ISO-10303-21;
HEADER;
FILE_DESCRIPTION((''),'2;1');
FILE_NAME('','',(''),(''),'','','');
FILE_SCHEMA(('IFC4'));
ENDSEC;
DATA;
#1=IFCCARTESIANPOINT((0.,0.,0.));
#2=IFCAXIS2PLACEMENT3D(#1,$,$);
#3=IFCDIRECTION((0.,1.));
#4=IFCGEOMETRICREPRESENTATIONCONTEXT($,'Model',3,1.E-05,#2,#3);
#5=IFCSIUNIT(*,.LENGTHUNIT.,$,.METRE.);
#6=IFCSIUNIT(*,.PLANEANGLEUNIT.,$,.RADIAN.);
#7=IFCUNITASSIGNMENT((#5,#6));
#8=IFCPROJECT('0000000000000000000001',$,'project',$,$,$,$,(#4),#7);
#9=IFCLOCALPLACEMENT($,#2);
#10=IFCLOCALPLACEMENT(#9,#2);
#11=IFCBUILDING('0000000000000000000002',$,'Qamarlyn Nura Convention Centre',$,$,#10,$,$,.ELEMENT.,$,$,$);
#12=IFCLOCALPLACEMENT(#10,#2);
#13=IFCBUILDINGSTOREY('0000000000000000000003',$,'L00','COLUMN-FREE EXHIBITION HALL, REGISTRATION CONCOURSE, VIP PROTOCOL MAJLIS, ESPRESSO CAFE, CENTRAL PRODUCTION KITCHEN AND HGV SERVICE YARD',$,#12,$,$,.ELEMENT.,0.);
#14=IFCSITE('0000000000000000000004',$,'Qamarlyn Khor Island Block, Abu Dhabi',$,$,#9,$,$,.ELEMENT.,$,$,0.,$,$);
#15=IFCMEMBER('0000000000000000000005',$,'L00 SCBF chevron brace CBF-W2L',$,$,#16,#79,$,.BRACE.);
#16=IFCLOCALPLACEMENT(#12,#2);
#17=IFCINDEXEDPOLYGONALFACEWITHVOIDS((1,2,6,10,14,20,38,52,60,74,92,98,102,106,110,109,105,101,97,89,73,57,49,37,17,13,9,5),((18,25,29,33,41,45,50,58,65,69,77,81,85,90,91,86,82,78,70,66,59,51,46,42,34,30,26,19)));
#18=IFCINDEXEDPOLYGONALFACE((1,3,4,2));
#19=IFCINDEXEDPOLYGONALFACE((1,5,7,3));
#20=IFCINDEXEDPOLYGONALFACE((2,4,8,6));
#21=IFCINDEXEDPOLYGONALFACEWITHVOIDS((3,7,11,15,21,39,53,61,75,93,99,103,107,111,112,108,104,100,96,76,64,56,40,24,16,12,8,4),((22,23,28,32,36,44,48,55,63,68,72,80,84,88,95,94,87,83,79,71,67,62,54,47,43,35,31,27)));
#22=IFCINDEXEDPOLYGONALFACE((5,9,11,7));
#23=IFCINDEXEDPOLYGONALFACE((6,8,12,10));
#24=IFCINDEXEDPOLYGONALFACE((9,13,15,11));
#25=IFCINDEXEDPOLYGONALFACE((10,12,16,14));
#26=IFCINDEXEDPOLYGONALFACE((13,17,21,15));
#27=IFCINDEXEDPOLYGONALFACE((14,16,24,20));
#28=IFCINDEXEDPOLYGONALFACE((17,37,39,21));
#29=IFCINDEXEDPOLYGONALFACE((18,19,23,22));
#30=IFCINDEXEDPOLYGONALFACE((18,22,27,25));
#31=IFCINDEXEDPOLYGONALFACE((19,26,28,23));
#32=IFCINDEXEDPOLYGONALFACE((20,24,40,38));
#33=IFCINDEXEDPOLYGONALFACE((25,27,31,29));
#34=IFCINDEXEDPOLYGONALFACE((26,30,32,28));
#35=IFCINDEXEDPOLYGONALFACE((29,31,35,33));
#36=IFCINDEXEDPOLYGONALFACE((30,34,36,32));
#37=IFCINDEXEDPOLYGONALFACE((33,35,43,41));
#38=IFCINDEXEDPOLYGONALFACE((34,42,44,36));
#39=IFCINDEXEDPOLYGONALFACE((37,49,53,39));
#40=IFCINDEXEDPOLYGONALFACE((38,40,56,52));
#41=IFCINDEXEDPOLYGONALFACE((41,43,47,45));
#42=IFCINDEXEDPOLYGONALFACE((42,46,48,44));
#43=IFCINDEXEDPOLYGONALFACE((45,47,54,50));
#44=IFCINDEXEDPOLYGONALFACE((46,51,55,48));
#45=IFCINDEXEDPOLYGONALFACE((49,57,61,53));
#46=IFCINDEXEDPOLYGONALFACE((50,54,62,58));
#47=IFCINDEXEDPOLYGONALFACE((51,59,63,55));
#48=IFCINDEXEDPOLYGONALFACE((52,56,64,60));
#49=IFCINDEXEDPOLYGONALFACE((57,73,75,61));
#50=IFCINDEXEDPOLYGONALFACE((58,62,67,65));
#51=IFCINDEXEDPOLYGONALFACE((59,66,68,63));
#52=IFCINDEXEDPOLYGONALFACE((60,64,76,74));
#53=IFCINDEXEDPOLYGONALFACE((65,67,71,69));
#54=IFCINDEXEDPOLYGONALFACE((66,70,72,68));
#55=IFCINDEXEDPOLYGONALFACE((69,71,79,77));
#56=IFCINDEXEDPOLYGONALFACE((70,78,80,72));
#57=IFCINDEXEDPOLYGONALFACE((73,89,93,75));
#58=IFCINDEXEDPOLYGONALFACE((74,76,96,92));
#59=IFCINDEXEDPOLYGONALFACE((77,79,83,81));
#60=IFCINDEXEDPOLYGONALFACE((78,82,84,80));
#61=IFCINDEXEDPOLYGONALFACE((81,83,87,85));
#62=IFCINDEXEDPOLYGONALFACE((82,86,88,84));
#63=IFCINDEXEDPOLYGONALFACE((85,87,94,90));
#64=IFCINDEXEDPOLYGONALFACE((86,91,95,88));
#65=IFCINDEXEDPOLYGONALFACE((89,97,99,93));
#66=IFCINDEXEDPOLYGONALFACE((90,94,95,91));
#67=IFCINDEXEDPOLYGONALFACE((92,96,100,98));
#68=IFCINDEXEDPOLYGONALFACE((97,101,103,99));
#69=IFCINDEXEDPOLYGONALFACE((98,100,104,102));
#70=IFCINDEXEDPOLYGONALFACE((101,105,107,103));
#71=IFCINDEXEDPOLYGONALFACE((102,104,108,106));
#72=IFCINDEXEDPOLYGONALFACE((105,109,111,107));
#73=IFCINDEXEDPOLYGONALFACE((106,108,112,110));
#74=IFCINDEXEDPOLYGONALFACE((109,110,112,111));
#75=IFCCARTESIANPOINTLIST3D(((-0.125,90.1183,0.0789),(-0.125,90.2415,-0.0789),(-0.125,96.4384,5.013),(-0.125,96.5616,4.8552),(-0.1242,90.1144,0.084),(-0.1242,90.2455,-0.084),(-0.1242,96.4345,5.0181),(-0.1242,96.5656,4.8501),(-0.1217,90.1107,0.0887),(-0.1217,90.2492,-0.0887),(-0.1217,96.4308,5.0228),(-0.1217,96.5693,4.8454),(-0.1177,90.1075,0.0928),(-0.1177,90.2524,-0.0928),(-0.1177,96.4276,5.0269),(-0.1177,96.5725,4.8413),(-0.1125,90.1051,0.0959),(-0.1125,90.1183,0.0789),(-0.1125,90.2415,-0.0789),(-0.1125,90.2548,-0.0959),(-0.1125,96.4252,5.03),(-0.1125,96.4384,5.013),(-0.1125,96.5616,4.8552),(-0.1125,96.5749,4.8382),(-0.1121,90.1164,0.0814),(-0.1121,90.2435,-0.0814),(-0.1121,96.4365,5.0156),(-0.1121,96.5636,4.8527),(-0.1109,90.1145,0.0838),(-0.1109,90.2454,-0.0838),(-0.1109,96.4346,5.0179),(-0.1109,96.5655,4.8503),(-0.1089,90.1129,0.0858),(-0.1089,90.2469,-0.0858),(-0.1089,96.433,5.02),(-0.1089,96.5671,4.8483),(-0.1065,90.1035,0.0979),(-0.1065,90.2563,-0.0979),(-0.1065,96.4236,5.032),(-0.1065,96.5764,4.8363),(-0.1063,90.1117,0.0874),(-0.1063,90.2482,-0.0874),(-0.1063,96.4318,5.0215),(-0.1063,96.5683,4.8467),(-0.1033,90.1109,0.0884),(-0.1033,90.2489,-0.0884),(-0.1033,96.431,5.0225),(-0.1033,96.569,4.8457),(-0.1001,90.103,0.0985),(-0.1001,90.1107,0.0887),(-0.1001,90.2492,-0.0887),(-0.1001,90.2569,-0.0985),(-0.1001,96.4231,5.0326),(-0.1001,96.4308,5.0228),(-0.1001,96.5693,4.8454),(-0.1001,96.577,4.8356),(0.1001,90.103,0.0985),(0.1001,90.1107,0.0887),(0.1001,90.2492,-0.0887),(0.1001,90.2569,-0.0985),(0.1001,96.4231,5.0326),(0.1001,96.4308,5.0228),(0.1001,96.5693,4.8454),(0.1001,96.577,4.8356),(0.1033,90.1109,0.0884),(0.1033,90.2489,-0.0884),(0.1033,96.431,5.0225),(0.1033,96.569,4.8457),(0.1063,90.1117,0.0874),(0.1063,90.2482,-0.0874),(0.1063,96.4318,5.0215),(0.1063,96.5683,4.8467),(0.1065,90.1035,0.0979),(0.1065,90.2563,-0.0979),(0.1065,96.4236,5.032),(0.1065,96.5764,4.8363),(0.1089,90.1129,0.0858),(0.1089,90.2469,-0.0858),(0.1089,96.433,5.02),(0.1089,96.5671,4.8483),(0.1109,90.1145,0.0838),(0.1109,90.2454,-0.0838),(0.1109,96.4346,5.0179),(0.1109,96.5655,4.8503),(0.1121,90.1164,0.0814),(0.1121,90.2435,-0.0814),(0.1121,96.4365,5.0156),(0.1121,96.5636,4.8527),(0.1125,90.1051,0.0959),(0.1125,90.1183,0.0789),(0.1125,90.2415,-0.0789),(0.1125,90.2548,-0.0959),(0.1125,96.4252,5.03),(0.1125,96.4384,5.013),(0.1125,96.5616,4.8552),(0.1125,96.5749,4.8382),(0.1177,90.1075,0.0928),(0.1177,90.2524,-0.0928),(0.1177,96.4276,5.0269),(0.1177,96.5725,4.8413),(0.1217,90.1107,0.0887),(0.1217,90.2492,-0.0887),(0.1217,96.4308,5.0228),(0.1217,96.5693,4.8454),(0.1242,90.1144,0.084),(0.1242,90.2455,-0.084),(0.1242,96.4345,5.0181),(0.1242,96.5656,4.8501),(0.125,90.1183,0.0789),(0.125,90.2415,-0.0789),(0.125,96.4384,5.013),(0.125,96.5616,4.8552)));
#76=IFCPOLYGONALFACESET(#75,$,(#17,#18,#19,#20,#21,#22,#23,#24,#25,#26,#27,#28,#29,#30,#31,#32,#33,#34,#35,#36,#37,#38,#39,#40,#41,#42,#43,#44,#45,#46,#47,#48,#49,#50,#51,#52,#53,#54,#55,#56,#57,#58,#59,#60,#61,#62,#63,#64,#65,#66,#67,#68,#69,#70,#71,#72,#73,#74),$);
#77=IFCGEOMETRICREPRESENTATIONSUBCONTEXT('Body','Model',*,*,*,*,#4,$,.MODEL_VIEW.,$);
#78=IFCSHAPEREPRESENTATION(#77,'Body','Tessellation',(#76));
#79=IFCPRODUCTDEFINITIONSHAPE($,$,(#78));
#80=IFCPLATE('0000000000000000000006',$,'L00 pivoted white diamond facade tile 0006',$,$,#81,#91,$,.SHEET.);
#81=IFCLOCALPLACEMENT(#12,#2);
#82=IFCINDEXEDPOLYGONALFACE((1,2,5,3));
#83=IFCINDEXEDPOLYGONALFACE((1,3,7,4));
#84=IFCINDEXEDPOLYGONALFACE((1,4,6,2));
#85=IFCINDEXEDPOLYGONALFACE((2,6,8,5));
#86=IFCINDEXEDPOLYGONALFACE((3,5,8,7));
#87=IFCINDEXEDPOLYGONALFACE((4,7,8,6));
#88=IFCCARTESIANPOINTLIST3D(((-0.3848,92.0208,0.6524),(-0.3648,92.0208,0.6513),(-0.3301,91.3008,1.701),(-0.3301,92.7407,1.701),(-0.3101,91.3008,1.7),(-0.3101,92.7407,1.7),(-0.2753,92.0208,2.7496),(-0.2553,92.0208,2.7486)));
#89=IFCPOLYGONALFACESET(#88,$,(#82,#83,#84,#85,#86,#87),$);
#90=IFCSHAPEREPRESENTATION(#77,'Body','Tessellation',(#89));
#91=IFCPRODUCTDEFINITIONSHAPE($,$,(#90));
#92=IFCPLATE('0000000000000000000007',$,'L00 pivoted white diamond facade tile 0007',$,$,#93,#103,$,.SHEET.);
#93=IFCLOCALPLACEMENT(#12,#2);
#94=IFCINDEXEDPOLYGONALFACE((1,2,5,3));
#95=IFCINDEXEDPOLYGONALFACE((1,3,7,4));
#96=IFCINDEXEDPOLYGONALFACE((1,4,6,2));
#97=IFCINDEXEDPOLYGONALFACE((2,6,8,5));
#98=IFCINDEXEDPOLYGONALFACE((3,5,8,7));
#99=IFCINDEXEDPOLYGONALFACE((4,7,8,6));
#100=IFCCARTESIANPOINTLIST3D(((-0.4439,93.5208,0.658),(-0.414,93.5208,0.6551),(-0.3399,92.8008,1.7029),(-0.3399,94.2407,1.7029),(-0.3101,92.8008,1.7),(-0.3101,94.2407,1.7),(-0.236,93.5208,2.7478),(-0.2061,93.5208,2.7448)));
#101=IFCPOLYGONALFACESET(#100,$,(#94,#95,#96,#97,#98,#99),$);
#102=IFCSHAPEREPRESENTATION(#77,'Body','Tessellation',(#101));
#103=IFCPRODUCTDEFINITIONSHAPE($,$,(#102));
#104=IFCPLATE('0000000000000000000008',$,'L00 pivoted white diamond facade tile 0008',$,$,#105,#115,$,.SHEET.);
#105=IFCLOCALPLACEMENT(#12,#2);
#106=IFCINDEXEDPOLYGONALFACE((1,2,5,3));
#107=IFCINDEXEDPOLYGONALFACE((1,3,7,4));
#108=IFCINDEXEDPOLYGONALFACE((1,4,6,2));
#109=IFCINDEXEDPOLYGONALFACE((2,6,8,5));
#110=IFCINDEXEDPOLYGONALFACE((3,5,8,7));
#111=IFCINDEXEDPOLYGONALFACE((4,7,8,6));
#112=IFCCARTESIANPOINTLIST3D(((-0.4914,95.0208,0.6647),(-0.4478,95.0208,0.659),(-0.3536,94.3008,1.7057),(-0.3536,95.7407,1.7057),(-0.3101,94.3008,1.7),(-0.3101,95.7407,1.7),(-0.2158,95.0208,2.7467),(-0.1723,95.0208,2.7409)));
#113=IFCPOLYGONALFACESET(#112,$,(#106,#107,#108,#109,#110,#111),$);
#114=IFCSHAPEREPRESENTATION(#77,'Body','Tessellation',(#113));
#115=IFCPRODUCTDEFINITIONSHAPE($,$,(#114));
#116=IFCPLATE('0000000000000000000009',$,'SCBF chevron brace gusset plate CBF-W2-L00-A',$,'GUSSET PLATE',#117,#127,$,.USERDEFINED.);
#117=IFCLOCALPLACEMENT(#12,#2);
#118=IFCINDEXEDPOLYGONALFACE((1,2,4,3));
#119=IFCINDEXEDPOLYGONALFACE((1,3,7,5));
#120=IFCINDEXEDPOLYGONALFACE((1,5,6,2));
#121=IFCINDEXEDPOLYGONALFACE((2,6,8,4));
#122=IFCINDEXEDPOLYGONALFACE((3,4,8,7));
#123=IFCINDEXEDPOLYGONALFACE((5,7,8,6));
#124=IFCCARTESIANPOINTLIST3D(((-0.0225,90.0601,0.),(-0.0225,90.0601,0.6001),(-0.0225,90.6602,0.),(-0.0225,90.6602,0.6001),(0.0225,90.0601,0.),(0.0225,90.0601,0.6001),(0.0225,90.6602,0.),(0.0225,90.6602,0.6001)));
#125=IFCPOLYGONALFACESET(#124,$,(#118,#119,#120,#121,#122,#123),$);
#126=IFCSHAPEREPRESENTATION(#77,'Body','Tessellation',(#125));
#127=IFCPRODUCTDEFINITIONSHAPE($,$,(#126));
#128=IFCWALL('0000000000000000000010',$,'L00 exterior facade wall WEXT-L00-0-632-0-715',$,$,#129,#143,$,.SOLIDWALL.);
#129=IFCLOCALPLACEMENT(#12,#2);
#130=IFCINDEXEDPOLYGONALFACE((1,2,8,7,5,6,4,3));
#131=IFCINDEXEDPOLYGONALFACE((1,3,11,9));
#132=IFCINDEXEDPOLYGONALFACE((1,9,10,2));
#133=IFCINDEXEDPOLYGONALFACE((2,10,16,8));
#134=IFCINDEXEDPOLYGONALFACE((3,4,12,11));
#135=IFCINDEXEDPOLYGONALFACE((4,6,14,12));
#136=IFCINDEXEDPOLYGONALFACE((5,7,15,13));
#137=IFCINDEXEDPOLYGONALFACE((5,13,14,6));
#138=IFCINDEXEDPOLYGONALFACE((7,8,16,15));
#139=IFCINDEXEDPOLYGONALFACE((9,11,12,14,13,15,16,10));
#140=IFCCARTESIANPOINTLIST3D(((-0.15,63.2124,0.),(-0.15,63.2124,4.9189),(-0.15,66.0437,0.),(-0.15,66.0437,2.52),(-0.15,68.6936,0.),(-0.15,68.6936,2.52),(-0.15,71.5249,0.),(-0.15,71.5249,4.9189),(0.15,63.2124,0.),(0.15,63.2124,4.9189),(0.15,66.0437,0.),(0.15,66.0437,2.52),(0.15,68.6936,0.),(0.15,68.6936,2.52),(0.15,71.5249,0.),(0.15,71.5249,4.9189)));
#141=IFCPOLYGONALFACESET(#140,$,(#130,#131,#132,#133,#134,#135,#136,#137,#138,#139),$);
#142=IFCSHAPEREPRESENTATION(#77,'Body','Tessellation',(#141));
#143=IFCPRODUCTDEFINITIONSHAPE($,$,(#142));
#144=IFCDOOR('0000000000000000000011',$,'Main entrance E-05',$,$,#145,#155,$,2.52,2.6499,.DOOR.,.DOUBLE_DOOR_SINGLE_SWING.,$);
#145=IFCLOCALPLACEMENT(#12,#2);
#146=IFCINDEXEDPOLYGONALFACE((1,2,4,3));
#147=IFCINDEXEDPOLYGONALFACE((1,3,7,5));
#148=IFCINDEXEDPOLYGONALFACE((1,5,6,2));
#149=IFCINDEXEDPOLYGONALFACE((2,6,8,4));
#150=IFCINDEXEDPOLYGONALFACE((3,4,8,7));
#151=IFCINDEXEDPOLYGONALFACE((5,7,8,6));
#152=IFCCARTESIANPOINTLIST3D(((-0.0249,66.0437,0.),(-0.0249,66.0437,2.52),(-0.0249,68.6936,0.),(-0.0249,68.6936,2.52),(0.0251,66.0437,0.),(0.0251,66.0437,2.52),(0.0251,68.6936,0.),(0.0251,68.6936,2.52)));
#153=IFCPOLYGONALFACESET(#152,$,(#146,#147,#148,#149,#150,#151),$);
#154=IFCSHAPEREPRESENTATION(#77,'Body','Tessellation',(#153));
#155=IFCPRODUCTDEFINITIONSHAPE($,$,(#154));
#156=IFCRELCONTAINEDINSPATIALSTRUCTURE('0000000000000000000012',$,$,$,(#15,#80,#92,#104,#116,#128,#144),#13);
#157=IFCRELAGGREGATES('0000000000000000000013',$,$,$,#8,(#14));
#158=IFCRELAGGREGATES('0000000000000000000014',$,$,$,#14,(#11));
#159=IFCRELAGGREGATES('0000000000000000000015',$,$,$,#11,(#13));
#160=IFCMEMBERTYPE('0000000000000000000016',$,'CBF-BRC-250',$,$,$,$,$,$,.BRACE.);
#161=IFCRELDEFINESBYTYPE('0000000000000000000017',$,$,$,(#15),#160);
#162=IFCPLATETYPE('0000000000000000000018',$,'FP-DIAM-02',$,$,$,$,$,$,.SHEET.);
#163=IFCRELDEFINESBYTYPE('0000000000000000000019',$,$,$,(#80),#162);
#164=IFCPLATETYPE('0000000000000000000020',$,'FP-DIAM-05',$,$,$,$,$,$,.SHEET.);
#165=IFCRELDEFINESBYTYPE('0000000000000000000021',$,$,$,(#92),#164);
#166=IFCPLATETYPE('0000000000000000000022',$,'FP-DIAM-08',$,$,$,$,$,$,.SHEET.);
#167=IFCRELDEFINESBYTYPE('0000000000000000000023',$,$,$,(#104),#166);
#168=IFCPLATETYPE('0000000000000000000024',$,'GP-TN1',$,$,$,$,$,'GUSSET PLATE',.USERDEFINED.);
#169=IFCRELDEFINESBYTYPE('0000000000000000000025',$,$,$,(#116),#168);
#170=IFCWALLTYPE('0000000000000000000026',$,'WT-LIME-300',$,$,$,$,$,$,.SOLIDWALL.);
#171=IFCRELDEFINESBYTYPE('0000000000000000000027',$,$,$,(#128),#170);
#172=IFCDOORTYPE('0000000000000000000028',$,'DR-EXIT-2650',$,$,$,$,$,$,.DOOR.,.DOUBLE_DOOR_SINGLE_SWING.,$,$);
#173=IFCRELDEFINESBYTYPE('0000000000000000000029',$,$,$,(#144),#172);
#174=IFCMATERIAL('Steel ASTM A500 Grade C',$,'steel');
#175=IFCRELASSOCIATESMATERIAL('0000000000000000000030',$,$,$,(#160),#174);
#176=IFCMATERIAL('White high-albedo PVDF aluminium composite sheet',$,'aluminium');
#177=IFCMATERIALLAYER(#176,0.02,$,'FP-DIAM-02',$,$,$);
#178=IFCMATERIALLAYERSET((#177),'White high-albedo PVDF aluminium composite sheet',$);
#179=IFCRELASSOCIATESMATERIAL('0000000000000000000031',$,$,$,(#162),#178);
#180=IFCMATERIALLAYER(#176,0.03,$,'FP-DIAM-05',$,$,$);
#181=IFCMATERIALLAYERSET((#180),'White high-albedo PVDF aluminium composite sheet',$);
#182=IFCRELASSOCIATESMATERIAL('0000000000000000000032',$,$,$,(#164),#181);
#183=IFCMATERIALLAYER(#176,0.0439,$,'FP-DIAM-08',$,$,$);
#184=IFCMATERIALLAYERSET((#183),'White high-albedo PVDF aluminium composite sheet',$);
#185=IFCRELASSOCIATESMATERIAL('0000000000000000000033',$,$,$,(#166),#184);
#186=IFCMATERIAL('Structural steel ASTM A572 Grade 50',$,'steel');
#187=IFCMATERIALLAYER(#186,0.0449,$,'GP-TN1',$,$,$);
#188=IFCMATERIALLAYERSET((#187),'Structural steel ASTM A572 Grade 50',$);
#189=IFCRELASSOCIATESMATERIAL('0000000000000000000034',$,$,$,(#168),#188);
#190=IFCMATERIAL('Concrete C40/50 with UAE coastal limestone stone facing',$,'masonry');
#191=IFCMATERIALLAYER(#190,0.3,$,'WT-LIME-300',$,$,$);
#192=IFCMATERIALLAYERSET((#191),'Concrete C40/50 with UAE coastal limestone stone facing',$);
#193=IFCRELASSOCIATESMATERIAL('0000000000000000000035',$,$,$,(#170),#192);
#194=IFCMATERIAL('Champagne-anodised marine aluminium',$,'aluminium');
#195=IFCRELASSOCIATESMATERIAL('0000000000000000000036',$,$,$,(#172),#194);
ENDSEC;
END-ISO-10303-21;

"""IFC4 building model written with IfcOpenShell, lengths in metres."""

from ifc_helpers import new_model, si_unit, direction, frame, frame_2d, origin, origin_2d, place, context, subcontext, project, spatial, polyline, rectangle, hollow_rectangle, outline, extrude, material, layer, layer_set, material_profile, profile_set, type_object, element, fill, save


model = new_model("IFC4")

# Units and contexts
model_context = context("Model", 3, precision=1e-05, world=origin(), true_north=direction((0.0, 1.0)))
body_context = subcontext(model_context, "Body", "Model", "MODEL_VIEW")
ifc_project = project(units=[si_unit("LENGTHUNIT", "METRE"), si_unit("PLANEANGLEUNIT", "RADIAN")], contexts=[model_context])

# Site, building, storey
site_placement = place(None, origin())
site = spatial("IfcSite", under=ifc_project, at=site_placement, Name="Qamarlyn Khor Island Block, Abu Dhabi", CompositionType="ELEMENT", RefElevation=0.0)
building_placement = place(site_placement, origin())
building = spatial("IfcBuilding", under=site, at=building_placement, Name="Qamarlyn Nura Convention Centre", CompositionType="ELEMENT")
storey_placement = place(building_placement, origin())
storey = spatial("IfcBuildingStorey", under=building, at=storey_placement, Name="L00", Description="COLUMN-FREE EXHIBITION HALL, REGISTRATION CONCOURSE, VIP PROTOCOL MAJLIS, ESPRESSO CAFE, CENTRAL PRODUCTION KITCHEN AND HGV SERVICE YARD", CompositionType="ELEMENT", Elevation=0.0)

# Shared definitions
ifc_material_1 = material(Name="Steel ASTM A500 Grade C", Category="steel")

# Member
ifc_material_profile_1 = material_profile(ifc_material_1, hollow_rectangle(XDim=0.25, YDim=0.25, WallThickness=0.0125, InnerFilletRadius=0.0125, OuterFilletRadius=0.0249, at=origin_2d()), Name="HSS250X250X12.5")
ifc_profile_set_1 = profile_set([ifc_material_profile_1], Name="Steel ASTM A500 Grade C")
member_type = type_object("IfcMemberType", Name="CBF-BRC-250", PredefinedType="BRACE", material=ifc_profile_set_1)
member_placement = place(storey_placement, frame((0.0, 90.1799, 0.0), z_axis=(0.0, 0.788234, 0.615375), x_axis=(-1.0, 0.0, 0.0)))
element("IfcMember", 1, at=member_placement, inside=storey, type_object=member_type, Name="L00 SCBF chevron brace CBF-W2L", PredefinedType="BRACE", context=body_context, shape_type="SweptSolid", body=[
    extrude(hollow_rectangle(XDim=0.25, YDim=0.25, WallThickness=0.0125, InnerFilletRadius=0.0125, OuterFilletRadius=0.0249, at=origin_2d()), origin(), (0.0, 0.0, 1.0), 8.0181),
])

# Plates
ifc_material_2 = material(Name="White high-albedo PVDF aluminium composite sheet", Category="aluminium")
ifc_layer_1 = layer(ifc_material_2, 0.02, Name="FP-DIAM-02")
ifc_layer_set_1 = layer_set([ifc_layer_1], Name="White high-albedo PVDF aluminium composite sheet")
plate_type_1 = type_object("IfcPlateType", Name="FP-DIAM-02", PredefinedType="SHEET", material=ifc_layer_set_1)
plate_1_placement = place(storey_placement, frame((-0.3101, 92.0208, 1.7), z_axis=(-0.998639, 0.0, 0.052162), x_axis=(0.0, -1.0, 0.0)))
element("IfcPlate", 2, at=plate_1_placement, inside=storey, type_object=plate_type_1, Name="L00 pivoted white diamond facade tile 0006", PredefinedType="SHEET", context=body_context, shape_type="SweptSolid", body=[
    extrude(outline(polyline([(-0.72, 0.0), (0.0, -1.05), (0.72, 0.0), (0.0, 1.05), (-0.72, 0.0)])), origin(), (0.0, 0.0, 1.0), 0.02),
])
ifc_layer_2 = layer(ifc_material_2, 0.03, Name="FP-DIAM-05")
ifc_layer_set_2 = layer_set([ifc_layer_2], Name="White high-albedo PVDF aluminium composite sheet")
plate_type_2 = type_object("IfcPlateType", Name="FP-DIAM-05", PredefinedType="SHEET", material=ifc_layer_set_2)
plate_2_placement = place(storey_placement, frame((-0.3101, 93.5208, 1.7), z_axis=(-0.99509, 0.0, 0.098972), x_axis=(0.0, -1.0, 0.0)))
element("IfcPlate", 3, at=plate_2_placement, inside=storey, type_object=plate_type_2, Name="L00 pivoted white diamond facade tile 0007", PredefinedType="SHEET", context=body_context, shape_type="SweptSolid", body=[
    extrude(outline(polyline([(-0.72, 0.0), (0.0, -1.05), (0.72, 0.0), (0.0, 1.05), (-0.72, 0.0)])), origin(), (0.0, 0.0, 1.0), 0.03),
])
ifc_layer_3 = layer(ifc_material_2, 0.0439, Name="FP-DIAM-08")
ifc_layer_set_3 = layer_set([ifc_layer_3], Name="White high-albedo PVDF aluminium composite sheet")
plate_type_3 = type_object("IfcPlateType", Name="FP-DIAM-08", PredefinedType="SHEET", material=ifc_layer_set_3)
plate_3_placement = place(storey_placement, frame((-0.3101, 95.0208, 1.7), z_axis=(-0.991353, 0.0, 0.131218), x_axis=(0.0, -1.0, 0.0)))
element("IfcPlate", 4, at=plate_3_placement, inside=storey, type_object=plate_type_3, Name="L00 pivoted white diamond facade tile 0008", PredefinedType="SHEET", context=body_context, shape_type="SweptSolid", body=[
    extrude(outline(polyline([(-0.72, 0.0), (0.0, -1.05), (0.72, 0.0), (0.0, 1.05), (-0.72, 0.0)])), origin(), (0.0, 0.0, 1.0), 0.0439),
])
ifc_material_3 = material(Name="Structural steel ASTM A572 Grade 50", Category="steel")
ifc_layer_4 = layer(ifc_material_3, 0.0449, Name="GP-TN1")
ifc_layer_set_4 = layer_set([ifc_layer_4], Name="Structural steel ASTM A572 Grade 50")
plate_type_4 = type_object("IfcPlateType", Name="GP-TN1", ElementType="GUSSET PLATE", PredefinedType="USERDEFINED", material=ifc_layer_set_4)
plate_4_placement = place(storey_placement, frame((0.0, 90.3601, 0.0), z_axis=(0.0, 0.0, 1.0), x_axis=(0.0, 1.0, 0.0)))
element("IfcPlate", 5, at=plate_4_placement, inside=storey, type_object=plate_type_4, Name="SCBF chevron brace gusset plate CBF-W2-L00-A", ObjectType="GUSSET PLATE", PredefinedType="USERDEFINED", context=body_context, shape_type="SweptSolid", body=[
    extrude(rectangle(XDim=0.6001, YDim=0.0449, at=origin_2d()), origin(), (0.0, 0.0, 1.0), 0.6001),
])

# Wall, opening, door
ifc_material_4 = material(Name="Concrete C40/50 with UAE coastal limestone stone facing", Category="masonry")
ifc_layer_5 = layer(ifc_material_4, 0.3, Name="WT-LIME-300")
ifc_layer_set_5 = layer_set([ifc_layer_5], Name="Concrete C40/50 with UAE coastal limestone stone facing")
wall_type = type_object("IfcWallType", Name="WT-LIME-300", PredefinedType="SOLIDWALL", material=ifc_layer_set_5)
wall_1_placement = place(storey_placement, frame((0.0, 63.2124, 0.0), z_axis=(0.0, 0.0, 1.0), x_axis=(0.0, 1.0, 0.0)))
wall_1 = element("IfcWall", 6, at=wall_1_placement, inside=storey, type_object=wall_type, Name="L00 exterior facade wall WEXT-L00-0-632-0-715", PredefinedType="SOLIDWALL", context=body_context, shape_type="SweptSolid", body=[
    extrude(rectangle(XDim=8.3125, YDim=0.3, at=frame_2d((4.1562, 0.0))), origin(), (0.0, 0.0, 1.0), 4.9189),
])
opening_1_placement = place(wall_1_placement, frame((2.8313, 0.0, 0.0)))
opening_1 = element("IfcOpeningElement", 7, at=opening_1_placement, cuts=wall_1, PredefinedType="OPENING", context=body_context, shape_type="SweptSolid", body=[
    extrude(rectangle(XDim=2.6499, YDim=2.52, at=frame_2d((1.325, 1.26))), frame((0.0, 0.1602, 0.0), z_axis=(0.0, -1.0, 0.0), x_axis=(1.0, 0.0, 0.0)), (0.0, 0.0, 1.0), 0.3201),
])
ifc_material_5 = material(Name="Champagne-anodised marine aluminium", Category="aluminium")
door_type_1 = type_object("IfcDoorType", Name="DR-EXIT-2650", OperationType="DOUBLE_DOOR_SINGLE_SWING", PredefinedType="DOOR", material=ifc_material_5)
door_1_placement = place(opening_1_placement, origin())
door_1 = element("IfcDoor", 8, at=door_1_placement, inside=storey, type_object=door_type_1, Name="Main entrance E-05", OperationType="DOUBLE_DOOR_SINGLE_SWING", OverallHeight=2.52, OverallWidth=2.6499, PredefinedType="DOOR", context=body_context, shape_type="SweptSolid", body=[
    extrude(rectangle(XDim=2.6499, YDim=2.52, at=frame_2d((1.325, 1.26))), frame((0.0, 0.0249, 0.0), z_axis=(0.0, -1.0, 0.0), x_axis=(1.0, 0.0, 0.0)), (0.0, 0.0, 1.0), 0.05),
])
fill(opening_1, door_1)

save(model, "model.ifc")
